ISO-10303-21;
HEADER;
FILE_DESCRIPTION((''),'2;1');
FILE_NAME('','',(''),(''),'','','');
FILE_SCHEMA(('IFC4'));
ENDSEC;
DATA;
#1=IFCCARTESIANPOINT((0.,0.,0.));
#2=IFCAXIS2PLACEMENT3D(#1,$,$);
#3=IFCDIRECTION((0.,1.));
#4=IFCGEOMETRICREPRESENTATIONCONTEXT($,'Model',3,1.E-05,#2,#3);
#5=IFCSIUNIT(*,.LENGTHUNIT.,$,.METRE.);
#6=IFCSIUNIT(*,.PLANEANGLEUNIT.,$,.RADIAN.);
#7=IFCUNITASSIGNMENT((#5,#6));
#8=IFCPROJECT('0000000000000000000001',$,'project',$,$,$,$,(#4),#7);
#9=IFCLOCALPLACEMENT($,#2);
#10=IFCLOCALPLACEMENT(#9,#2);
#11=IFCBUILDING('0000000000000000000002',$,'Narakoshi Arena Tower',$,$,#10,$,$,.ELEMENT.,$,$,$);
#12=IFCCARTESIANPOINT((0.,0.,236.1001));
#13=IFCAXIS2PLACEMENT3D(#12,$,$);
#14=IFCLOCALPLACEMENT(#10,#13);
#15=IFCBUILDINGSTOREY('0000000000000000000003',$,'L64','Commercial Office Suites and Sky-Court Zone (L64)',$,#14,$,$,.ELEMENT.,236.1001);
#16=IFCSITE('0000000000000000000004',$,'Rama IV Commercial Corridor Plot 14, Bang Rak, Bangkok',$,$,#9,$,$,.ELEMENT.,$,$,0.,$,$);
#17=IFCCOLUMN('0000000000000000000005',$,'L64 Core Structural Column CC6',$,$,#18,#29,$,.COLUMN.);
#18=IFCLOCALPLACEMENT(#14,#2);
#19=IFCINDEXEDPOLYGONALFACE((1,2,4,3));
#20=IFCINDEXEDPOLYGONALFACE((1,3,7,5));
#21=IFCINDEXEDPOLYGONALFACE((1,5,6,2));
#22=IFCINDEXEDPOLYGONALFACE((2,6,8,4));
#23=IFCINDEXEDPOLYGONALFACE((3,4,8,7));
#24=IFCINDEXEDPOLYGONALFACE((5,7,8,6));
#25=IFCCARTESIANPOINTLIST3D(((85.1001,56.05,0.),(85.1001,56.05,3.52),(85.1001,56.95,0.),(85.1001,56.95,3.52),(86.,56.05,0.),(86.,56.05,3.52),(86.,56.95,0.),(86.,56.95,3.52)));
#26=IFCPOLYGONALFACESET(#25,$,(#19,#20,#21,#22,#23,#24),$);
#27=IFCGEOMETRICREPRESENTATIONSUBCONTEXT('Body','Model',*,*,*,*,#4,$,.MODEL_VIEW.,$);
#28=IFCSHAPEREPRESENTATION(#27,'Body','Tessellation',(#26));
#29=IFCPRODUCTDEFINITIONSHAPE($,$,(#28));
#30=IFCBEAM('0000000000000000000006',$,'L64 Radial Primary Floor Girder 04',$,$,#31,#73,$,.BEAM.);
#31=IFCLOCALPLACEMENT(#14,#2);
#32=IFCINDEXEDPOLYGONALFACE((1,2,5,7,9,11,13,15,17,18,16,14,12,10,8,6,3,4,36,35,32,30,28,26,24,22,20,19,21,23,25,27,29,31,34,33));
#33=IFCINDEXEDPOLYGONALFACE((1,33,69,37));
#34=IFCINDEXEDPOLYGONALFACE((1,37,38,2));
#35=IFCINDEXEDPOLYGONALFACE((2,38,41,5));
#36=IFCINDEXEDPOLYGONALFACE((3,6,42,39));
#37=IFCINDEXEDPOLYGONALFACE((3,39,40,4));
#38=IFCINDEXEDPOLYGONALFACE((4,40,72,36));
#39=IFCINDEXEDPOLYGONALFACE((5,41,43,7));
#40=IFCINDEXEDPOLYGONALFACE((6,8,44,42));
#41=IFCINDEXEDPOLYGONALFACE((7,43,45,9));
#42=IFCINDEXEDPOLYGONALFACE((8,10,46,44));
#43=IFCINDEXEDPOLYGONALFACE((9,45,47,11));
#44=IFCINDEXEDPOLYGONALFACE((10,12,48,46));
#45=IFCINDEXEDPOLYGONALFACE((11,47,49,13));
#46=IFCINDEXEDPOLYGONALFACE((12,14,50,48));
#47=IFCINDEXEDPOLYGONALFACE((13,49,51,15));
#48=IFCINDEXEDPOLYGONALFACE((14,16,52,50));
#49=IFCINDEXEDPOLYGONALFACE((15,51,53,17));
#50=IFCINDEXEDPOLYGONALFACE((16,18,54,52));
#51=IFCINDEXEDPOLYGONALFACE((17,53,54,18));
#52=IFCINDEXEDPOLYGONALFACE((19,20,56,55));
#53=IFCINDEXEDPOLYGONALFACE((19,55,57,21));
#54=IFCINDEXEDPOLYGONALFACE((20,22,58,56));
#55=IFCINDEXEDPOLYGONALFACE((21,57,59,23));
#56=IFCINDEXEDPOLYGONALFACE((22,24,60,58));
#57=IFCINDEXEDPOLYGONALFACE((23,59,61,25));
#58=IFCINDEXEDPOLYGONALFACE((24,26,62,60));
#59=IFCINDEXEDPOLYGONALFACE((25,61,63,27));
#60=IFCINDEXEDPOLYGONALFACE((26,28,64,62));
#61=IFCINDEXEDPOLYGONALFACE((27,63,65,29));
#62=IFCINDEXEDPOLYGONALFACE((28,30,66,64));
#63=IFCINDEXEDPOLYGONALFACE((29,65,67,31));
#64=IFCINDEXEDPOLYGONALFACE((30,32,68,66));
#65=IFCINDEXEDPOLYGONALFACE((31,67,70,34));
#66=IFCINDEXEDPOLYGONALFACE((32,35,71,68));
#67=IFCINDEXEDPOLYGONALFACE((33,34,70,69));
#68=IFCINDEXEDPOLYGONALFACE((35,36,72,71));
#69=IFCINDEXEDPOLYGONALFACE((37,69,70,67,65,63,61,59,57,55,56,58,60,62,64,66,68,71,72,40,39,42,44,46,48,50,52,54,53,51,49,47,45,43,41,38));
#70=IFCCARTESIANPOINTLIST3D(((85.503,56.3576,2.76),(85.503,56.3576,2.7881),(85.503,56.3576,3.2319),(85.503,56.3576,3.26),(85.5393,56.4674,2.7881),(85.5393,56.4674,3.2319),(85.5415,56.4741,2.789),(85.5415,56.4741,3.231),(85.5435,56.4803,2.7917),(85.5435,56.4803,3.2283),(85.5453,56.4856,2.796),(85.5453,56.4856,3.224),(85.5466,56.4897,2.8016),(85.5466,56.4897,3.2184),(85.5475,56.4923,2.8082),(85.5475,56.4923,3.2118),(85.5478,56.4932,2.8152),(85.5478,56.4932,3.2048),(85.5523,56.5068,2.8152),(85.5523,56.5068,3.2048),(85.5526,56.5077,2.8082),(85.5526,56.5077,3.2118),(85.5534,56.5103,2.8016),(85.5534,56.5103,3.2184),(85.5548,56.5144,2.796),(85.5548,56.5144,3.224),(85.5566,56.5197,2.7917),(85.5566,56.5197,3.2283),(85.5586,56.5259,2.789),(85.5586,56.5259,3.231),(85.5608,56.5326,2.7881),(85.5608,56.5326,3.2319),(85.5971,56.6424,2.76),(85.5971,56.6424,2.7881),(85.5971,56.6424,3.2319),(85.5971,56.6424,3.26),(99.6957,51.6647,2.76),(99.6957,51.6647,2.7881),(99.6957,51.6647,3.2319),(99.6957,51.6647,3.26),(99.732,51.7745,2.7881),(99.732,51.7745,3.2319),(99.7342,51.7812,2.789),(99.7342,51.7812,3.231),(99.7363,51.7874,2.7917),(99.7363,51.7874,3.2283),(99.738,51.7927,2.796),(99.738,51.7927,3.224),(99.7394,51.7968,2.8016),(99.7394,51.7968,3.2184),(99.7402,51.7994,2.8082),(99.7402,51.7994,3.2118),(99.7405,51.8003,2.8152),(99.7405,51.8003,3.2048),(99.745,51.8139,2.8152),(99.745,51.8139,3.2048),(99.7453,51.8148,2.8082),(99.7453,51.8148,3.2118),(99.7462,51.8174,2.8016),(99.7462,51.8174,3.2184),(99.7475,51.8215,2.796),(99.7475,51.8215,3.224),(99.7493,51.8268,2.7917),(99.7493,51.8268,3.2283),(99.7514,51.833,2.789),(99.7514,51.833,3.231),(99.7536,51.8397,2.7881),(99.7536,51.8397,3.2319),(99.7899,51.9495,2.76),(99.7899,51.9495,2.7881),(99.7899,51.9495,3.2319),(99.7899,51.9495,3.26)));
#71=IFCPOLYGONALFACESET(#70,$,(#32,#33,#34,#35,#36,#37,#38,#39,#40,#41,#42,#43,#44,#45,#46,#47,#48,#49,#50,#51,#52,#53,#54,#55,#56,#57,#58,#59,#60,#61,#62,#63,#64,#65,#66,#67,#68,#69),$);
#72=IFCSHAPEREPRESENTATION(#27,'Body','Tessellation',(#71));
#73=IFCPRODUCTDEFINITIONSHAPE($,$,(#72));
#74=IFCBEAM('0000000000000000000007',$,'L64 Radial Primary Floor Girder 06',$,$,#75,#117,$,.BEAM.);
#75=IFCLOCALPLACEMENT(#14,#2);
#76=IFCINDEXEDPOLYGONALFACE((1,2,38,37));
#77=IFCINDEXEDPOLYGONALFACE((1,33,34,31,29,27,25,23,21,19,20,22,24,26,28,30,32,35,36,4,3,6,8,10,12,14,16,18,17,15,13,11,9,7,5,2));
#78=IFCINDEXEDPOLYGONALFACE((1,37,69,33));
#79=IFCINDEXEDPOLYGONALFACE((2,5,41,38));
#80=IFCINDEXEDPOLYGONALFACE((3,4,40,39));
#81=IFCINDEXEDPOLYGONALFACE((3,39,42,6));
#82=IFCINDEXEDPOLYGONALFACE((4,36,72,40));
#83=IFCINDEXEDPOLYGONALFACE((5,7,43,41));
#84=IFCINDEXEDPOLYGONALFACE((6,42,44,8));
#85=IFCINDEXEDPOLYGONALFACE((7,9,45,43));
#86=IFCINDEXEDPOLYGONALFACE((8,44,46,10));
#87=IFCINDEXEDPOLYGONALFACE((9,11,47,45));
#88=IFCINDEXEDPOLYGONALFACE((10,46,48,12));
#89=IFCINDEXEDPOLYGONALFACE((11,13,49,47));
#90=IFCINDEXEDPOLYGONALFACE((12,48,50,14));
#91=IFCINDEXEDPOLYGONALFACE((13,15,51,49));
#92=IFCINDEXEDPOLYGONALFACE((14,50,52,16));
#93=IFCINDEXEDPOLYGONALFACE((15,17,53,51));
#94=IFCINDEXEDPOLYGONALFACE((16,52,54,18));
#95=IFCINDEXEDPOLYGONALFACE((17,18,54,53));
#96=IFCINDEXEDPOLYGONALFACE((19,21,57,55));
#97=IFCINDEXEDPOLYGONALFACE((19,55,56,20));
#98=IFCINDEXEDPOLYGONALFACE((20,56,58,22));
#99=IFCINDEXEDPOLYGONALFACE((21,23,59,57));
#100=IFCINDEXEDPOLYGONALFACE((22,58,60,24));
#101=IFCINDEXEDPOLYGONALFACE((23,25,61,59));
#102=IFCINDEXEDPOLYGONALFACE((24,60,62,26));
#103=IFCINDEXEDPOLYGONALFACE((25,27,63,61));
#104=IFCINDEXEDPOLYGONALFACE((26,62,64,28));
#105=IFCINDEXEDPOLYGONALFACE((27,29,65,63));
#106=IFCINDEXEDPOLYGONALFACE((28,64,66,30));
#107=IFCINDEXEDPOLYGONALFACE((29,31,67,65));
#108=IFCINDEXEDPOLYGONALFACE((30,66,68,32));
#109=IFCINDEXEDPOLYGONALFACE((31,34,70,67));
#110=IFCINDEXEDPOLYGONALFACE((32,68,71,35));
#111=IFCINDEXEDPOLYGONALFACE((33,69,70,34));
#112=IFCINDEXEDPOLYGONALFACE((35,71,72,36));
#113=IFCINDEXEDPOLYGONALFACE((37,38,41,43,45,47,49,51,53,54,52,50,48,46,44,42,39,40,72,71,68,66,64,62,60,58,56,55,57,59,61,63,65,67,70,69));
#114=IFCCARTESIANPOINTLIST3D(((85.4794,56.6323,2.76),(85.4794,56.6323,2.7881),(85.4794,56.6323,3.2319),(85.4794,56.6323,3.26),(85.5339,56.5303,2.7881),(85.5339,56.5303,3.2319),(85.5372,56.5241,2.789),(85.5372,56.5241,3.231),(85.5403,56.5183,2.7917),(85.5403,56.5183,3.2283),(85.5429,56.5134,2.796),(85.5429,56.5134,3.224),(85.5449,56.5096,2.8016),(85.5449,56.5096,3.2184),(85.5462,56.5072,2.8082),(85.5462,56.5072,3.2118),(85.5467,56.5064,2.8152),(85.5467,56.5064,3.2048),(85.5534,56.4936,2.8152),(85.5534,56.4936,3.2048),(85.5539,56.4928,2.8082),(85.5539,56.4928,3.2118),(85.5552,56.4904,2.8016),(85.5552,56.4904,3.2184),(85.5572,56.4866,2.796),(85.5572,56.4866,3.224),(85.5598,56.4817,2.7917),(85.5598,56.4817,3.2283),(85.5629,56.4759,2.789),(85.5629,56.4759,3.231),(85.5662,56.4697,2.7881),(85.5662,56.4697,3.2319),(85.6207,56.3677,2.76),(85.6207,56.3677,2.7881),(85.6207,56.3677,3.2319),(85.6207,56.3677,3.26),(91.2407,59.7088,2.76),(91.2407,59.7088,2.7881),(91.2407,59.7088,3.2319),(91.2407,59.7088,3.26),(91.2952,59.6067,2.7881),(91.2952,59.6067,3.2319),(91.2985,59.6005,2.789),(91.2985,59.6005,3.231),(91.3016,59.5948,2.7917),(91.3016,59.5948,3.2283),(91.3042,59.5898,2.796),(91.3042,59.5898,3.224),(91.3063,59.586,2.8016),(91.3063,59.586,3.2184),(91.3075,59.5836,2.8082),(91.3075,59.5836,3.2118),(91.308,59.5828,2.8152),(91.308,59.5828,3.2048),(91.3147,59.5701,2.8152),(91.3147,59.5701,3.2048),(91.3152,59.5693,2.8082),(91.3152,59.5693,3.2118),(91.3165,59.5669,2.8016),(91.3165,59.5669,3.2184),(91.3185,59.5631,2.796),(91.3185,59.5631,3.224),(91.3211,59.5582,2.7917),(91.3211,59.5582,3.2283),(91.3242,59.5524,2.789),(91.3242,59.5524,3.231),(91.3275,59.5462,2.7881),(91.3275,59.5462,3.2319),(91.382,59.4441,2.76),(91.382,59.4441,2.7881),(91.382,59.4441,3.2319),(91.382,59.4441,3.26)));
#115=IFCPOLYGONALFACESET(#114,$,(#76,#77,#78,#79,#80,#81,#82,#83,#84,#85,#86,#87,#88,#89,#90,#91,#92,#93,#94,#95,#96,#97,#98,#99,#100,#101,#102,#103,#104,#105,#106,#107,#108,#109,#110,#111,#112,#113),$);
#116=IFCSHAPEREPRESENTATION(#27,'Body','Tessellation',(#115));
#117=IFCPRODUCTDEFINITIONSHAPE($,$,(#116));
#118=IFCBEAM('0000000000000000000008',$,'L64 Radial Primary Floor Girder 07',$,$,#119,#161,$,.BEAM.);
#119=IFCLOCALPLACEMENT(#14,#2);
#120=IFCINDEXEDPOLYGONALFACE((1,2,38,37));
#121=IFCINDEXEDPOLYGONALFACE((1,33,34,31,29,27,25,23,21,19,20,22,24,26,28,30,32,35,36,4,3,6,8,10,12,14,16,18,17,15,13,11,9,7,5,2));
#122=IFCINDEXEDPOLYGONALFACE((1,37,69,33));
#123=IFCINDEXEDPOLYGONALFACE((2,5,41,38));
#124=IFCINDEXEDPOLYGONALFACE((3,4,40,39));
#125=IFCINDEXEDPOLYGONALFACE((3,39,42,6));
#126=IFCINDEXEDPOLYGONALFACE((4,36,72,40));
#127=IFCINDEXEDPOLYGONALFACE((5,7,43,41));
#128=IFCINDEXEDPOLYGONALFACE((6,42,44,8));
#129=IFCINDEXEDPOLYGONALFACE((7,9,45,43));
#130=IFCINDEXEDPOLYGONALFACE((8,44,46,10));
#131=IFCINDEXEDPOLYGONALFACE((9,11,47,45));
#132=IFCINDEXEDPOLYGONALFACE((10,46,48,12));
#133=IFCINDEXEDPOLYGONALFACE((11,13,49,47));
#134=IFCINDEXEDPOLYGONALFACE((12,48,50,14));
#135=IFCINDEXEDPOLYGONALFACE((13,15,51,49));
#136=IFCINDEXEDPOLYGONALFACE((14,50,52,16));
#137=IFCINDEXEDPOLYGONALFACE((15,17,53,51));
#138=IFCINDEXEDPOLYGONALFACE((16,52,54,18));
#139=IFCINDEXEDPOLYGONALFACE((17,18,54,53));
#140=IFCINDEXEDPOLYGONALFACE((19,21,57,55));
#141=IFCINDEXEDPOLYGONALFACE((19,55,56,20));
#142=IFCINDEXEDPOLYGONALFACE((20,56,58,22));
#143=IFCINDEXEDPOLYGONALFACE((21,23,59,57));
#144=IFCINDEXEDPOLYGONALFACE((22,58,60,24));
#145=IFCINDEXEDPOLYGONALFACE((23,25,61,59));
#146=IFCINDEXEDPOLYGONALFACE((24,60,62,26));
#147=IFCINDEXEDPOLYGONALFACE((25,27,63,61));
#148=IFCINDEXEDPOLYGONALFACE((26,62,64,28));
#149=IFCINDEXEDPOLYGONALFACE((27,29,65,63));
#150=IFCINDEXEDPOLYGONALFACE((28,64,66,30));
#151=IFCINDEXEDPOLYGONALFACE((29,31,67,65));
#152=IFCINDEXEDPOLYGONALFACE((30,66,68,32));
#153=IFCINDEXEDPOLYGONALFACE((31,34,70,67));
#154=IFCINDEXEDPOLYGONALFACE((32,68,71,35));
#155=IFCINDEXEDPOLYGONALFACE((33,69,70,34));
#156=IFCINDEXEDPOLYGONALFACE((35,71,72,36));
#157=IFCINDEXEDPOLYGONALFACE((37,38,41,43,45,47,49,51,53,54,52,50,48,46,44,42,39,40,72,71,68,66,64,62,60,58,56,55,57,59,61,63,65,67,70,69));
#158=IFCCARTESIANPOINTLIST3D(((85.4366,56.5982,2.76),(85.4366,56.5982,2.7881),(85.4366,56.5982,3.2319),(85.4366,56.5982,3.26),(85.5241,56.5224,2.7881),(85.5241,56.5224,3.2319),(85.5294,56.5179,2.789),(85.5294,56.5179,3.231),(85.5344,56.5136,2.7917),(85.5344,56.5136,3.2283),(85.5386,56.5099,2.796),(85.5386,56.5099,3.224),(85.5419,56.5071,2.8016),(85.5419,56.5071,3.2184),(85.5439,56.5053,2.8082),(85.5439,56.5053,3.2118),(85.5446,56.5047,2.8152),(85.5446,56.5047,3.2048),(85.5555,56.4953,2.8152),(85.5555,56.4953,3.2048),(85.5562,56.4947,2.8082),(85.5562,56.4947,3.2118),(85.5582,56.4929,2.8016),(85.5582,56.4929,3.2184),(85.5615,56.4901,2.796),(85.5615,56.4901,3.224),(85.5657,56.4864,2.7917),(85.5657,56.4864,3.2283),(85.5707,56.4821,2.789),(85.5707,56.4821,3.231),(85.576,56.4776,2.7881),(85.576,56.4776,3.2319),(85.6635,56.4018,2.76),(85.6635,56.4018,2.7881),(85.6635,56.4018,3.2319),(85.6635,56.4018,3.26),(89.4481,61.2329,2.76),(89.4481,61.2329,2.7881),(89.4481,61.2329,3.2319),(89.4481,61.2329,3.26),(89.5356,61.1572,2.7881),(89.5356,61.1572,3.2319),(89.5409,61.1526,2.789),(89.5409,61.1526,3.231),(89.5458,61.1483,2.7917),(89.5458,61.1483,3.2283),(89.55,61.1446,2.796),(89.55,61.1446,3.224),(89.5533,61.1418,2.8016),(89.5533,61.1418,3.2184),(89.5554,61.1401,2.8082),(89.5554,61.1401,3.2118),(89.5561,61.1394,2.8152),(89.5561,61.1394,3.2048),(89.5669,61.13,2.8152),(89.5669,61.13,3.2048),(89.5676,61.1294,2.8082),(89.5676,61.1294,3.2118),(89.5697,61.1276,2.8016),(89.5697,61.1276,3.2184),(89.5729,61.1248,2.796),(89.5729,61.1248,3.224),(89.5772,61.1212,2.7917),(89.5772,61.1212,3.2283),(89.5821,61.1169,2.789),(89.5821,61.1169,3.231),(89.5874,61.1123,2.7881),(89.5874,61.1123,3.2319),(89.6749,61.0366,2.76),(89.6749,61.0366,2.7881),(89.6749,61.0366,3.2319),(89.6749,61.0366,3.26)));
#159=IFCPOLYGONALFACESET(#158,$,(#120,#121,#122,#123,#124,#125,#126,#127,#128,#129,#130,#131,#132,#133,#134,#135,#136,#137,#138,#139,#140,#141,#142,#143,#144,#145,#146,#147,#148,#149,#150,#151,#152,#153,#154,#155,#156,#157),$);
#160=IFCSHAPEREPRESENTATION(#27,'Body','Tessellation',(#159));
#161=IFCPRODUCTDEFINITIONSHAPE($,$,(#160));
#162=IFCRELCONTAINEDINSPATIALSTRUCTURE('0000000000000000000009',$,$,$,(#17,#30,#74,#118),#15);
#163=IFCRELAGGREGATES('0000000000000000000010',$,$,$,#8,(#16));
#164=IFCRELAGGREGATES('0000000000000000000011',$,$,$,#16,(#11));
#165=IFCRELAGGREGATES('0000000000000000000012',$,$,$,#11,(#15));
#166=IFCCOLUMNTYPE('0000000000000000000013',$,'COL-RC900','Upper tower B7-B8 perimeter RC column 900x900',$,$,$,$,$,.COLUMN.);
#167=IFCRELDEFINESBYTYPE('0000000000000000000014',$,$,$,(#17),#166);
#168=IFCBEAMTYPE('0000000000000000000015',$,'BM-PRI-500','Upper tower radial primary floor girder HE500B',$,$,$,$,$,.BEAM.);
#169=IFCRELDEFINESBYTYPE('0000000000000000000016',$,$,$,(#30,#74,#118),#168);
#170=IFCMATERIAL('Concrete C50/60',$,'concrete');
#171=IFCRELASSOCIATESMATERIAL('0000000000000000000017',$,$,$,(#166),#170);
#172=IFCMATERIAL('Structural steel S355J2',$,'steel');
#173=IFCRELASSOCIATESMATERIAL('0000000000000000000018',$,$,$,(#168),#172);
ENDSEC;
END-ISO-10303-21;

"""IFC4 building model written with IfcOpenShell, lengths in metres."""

from ifc_helpers import new_model, si_unit, direction, frame, origin, origin_2d, place, context, subcontext, project, spatial, rectangle, i_section, extrude, material, material_profile, profile_set, type_object, element, save


model = new_model("IFC4")

# Units and contexts
model_context = context("Model", 3, precision=1e-05, world=origin(), true_north=direction((0.0, 1.0)))
body_context = subcontext(model_context, "Body", "Model", "MODEL_VIEW")
ifc_project = project(units=[si_unit("LENGTHUNIT", "METRE"), si_unit("PLANEANGLEUNIT", "RADIAN")], contexts=[model_context])

# Site, building, storey
site_placement = place(None, origin())
site = spatial("IfcSite", under=ifc_project, at=site_placement, Name="Rama IV Commercial Corridor Plot 14, Bang Rak, Bangkok", CompositionType="ELEMENT", RefElevation=0.0)
building_placement = place(site_placement, origin())
building = spatial("IfcBuilding", under=site, at=building_placement, Name="Narakoshi Arena Tower", CompositionType="ELEMENT")
storey_placement = place(building_placement, frame((0.0, 0.0, 236.1001)))
storey = spatial("IfcBuildingStorey", under=building, at=storey_placement, Name="L64", Description="Commercial Office Suites and Sky-Court Zone (L64)", CompositionType="ELEMENT", Elevation=236.1001)

# Column
ifc_material_1 = material(Name="Concrete C50/60", Category="concrete")
ifc_material_profile_1 = material_profile(ifc_material_1, rectangle(XDim=0.8999, YDim=0.8999, at=origin_2d()), Name="RC900x900")
ifc_profile_set_1 = profile_set([ifc_material_profile_1], Name="Concrete C50/60")
column_type = type_object("IfcColumnType", Name="COL-RC900", Description="Upper tower B7-B8 perimeter RC column 900x900", PredefinedType="COLUMN", material=ifc_profile_set_1)
column_placement = place(storey_placement, frame((85.55, 56.5, 0.0), z_axis=(0.0, 0.0, 1.0), x_axis=(1.0, 0.0, 0.0)))
element("IfcColumn", 1, at=column_placement, inside=storey, type_object=column_type, Name="L64 Core Structural Column CC6", PredefinedType="COLUMN", context=body_context, shape_type="SweptSolid", body=[
    extrude(rectangle(XDim=0.8999, YDim=0.8999, at=origin_2d()), origin(), (0.0, 0.0, 1.0), 3.52),
])

# Beams
ifc_material_2 = material(Name="Structural steel S355J2", Category="steel")
ifc_material_profile_2 = material_profile(ifc_material_2, i_section(OverallWidth=0.3, OverallDepth=0.5, WebThickness=0.0144, FlangeThickness=0.0281, FilletRadius=0.0271, at=origin_2d()), Name="HE500B")
ifc_profile_set_2 = profile_set([ifc_material_profile_2], Name="Structural steel S355J2")
beam_type = type_object("IfcBeamType", Name="BM-PRI-500", Description="Upper tower radial primary floor girder HE500B", PredefinedType="BEAM", material=ifc_profile_set_2)
beam_1_placement = place(storey_placement, frame((85.55, 56.5, 3.01), z_axis=(0.949443, -0.313939, 0.0), x_axis=(0.313939, 0.949443, 0.0)))
element("IfcBeam", 2, at=beam_1_placement, inside=storey, type_object=beam_type, Name="L64 Radial Primary Floor Girder 04", PredefinedType="BEAM", context=body_context, shape_type="SweptSolid", body=[
    extrude(i_section(OverallWidth=0.3, OverallDepth=0.5, WebThickness=0.0144, FlangeThickness=0.0281, FilletRadius=0.0271, at=origin_2d()), origin(), (0.0, 0.0, 1.0), 14.9485),
])
beam_2_placement = place(storey_placement, frame((85.55, 56.5, 3.01), z_axis=(0.882114, 0.471036, 0.0), x_axis=(-0.471036, 0.882114, 0.0)))
element("IfcBeam", 3, at=beam_2_placement, inside=storey, type_object=beam_type, Name="L64 Radial Primary Floor Girder 06", PredefinedType="BEAM", context=body_context, shape_type="SweptSolid", body=[
    extrude(i_section(OverallWidth=0.3, OverallDepth=0.5, WebThickness=0.0144, FlangeThickness=0.0281, FilletRadius=0.0271, at=origin_2d()), origin(), (0.0, 0.0, 1.0), 6.5312),
])
beam_3_placement = place(storey_placement, frame((85.55, 56.5, 3.01), z_axis=(0.654435, 0.756119, 0.0), x_axis=(-0.756119, 0.654435, 0.0)))
element("IfcBeam", 4, at=beam_3_placement, inside=storey, type_object=beam_type, Name="L64 Radial Primary Floor Girder 07", PredefinedType="BEAM", context=body_context, shape_type="SweptSolid", body=[
    extrude(i_section(OverallWidth=0.3, OverallDepth=0.5, WebThickness=0.0144, FlangeThickness=0.0281, FilletRadius=0.0271, at=origin_2d()), origin(), (0.0, 0.0, 1.0), 6.1296),
])

save(model, "model.ifc")
